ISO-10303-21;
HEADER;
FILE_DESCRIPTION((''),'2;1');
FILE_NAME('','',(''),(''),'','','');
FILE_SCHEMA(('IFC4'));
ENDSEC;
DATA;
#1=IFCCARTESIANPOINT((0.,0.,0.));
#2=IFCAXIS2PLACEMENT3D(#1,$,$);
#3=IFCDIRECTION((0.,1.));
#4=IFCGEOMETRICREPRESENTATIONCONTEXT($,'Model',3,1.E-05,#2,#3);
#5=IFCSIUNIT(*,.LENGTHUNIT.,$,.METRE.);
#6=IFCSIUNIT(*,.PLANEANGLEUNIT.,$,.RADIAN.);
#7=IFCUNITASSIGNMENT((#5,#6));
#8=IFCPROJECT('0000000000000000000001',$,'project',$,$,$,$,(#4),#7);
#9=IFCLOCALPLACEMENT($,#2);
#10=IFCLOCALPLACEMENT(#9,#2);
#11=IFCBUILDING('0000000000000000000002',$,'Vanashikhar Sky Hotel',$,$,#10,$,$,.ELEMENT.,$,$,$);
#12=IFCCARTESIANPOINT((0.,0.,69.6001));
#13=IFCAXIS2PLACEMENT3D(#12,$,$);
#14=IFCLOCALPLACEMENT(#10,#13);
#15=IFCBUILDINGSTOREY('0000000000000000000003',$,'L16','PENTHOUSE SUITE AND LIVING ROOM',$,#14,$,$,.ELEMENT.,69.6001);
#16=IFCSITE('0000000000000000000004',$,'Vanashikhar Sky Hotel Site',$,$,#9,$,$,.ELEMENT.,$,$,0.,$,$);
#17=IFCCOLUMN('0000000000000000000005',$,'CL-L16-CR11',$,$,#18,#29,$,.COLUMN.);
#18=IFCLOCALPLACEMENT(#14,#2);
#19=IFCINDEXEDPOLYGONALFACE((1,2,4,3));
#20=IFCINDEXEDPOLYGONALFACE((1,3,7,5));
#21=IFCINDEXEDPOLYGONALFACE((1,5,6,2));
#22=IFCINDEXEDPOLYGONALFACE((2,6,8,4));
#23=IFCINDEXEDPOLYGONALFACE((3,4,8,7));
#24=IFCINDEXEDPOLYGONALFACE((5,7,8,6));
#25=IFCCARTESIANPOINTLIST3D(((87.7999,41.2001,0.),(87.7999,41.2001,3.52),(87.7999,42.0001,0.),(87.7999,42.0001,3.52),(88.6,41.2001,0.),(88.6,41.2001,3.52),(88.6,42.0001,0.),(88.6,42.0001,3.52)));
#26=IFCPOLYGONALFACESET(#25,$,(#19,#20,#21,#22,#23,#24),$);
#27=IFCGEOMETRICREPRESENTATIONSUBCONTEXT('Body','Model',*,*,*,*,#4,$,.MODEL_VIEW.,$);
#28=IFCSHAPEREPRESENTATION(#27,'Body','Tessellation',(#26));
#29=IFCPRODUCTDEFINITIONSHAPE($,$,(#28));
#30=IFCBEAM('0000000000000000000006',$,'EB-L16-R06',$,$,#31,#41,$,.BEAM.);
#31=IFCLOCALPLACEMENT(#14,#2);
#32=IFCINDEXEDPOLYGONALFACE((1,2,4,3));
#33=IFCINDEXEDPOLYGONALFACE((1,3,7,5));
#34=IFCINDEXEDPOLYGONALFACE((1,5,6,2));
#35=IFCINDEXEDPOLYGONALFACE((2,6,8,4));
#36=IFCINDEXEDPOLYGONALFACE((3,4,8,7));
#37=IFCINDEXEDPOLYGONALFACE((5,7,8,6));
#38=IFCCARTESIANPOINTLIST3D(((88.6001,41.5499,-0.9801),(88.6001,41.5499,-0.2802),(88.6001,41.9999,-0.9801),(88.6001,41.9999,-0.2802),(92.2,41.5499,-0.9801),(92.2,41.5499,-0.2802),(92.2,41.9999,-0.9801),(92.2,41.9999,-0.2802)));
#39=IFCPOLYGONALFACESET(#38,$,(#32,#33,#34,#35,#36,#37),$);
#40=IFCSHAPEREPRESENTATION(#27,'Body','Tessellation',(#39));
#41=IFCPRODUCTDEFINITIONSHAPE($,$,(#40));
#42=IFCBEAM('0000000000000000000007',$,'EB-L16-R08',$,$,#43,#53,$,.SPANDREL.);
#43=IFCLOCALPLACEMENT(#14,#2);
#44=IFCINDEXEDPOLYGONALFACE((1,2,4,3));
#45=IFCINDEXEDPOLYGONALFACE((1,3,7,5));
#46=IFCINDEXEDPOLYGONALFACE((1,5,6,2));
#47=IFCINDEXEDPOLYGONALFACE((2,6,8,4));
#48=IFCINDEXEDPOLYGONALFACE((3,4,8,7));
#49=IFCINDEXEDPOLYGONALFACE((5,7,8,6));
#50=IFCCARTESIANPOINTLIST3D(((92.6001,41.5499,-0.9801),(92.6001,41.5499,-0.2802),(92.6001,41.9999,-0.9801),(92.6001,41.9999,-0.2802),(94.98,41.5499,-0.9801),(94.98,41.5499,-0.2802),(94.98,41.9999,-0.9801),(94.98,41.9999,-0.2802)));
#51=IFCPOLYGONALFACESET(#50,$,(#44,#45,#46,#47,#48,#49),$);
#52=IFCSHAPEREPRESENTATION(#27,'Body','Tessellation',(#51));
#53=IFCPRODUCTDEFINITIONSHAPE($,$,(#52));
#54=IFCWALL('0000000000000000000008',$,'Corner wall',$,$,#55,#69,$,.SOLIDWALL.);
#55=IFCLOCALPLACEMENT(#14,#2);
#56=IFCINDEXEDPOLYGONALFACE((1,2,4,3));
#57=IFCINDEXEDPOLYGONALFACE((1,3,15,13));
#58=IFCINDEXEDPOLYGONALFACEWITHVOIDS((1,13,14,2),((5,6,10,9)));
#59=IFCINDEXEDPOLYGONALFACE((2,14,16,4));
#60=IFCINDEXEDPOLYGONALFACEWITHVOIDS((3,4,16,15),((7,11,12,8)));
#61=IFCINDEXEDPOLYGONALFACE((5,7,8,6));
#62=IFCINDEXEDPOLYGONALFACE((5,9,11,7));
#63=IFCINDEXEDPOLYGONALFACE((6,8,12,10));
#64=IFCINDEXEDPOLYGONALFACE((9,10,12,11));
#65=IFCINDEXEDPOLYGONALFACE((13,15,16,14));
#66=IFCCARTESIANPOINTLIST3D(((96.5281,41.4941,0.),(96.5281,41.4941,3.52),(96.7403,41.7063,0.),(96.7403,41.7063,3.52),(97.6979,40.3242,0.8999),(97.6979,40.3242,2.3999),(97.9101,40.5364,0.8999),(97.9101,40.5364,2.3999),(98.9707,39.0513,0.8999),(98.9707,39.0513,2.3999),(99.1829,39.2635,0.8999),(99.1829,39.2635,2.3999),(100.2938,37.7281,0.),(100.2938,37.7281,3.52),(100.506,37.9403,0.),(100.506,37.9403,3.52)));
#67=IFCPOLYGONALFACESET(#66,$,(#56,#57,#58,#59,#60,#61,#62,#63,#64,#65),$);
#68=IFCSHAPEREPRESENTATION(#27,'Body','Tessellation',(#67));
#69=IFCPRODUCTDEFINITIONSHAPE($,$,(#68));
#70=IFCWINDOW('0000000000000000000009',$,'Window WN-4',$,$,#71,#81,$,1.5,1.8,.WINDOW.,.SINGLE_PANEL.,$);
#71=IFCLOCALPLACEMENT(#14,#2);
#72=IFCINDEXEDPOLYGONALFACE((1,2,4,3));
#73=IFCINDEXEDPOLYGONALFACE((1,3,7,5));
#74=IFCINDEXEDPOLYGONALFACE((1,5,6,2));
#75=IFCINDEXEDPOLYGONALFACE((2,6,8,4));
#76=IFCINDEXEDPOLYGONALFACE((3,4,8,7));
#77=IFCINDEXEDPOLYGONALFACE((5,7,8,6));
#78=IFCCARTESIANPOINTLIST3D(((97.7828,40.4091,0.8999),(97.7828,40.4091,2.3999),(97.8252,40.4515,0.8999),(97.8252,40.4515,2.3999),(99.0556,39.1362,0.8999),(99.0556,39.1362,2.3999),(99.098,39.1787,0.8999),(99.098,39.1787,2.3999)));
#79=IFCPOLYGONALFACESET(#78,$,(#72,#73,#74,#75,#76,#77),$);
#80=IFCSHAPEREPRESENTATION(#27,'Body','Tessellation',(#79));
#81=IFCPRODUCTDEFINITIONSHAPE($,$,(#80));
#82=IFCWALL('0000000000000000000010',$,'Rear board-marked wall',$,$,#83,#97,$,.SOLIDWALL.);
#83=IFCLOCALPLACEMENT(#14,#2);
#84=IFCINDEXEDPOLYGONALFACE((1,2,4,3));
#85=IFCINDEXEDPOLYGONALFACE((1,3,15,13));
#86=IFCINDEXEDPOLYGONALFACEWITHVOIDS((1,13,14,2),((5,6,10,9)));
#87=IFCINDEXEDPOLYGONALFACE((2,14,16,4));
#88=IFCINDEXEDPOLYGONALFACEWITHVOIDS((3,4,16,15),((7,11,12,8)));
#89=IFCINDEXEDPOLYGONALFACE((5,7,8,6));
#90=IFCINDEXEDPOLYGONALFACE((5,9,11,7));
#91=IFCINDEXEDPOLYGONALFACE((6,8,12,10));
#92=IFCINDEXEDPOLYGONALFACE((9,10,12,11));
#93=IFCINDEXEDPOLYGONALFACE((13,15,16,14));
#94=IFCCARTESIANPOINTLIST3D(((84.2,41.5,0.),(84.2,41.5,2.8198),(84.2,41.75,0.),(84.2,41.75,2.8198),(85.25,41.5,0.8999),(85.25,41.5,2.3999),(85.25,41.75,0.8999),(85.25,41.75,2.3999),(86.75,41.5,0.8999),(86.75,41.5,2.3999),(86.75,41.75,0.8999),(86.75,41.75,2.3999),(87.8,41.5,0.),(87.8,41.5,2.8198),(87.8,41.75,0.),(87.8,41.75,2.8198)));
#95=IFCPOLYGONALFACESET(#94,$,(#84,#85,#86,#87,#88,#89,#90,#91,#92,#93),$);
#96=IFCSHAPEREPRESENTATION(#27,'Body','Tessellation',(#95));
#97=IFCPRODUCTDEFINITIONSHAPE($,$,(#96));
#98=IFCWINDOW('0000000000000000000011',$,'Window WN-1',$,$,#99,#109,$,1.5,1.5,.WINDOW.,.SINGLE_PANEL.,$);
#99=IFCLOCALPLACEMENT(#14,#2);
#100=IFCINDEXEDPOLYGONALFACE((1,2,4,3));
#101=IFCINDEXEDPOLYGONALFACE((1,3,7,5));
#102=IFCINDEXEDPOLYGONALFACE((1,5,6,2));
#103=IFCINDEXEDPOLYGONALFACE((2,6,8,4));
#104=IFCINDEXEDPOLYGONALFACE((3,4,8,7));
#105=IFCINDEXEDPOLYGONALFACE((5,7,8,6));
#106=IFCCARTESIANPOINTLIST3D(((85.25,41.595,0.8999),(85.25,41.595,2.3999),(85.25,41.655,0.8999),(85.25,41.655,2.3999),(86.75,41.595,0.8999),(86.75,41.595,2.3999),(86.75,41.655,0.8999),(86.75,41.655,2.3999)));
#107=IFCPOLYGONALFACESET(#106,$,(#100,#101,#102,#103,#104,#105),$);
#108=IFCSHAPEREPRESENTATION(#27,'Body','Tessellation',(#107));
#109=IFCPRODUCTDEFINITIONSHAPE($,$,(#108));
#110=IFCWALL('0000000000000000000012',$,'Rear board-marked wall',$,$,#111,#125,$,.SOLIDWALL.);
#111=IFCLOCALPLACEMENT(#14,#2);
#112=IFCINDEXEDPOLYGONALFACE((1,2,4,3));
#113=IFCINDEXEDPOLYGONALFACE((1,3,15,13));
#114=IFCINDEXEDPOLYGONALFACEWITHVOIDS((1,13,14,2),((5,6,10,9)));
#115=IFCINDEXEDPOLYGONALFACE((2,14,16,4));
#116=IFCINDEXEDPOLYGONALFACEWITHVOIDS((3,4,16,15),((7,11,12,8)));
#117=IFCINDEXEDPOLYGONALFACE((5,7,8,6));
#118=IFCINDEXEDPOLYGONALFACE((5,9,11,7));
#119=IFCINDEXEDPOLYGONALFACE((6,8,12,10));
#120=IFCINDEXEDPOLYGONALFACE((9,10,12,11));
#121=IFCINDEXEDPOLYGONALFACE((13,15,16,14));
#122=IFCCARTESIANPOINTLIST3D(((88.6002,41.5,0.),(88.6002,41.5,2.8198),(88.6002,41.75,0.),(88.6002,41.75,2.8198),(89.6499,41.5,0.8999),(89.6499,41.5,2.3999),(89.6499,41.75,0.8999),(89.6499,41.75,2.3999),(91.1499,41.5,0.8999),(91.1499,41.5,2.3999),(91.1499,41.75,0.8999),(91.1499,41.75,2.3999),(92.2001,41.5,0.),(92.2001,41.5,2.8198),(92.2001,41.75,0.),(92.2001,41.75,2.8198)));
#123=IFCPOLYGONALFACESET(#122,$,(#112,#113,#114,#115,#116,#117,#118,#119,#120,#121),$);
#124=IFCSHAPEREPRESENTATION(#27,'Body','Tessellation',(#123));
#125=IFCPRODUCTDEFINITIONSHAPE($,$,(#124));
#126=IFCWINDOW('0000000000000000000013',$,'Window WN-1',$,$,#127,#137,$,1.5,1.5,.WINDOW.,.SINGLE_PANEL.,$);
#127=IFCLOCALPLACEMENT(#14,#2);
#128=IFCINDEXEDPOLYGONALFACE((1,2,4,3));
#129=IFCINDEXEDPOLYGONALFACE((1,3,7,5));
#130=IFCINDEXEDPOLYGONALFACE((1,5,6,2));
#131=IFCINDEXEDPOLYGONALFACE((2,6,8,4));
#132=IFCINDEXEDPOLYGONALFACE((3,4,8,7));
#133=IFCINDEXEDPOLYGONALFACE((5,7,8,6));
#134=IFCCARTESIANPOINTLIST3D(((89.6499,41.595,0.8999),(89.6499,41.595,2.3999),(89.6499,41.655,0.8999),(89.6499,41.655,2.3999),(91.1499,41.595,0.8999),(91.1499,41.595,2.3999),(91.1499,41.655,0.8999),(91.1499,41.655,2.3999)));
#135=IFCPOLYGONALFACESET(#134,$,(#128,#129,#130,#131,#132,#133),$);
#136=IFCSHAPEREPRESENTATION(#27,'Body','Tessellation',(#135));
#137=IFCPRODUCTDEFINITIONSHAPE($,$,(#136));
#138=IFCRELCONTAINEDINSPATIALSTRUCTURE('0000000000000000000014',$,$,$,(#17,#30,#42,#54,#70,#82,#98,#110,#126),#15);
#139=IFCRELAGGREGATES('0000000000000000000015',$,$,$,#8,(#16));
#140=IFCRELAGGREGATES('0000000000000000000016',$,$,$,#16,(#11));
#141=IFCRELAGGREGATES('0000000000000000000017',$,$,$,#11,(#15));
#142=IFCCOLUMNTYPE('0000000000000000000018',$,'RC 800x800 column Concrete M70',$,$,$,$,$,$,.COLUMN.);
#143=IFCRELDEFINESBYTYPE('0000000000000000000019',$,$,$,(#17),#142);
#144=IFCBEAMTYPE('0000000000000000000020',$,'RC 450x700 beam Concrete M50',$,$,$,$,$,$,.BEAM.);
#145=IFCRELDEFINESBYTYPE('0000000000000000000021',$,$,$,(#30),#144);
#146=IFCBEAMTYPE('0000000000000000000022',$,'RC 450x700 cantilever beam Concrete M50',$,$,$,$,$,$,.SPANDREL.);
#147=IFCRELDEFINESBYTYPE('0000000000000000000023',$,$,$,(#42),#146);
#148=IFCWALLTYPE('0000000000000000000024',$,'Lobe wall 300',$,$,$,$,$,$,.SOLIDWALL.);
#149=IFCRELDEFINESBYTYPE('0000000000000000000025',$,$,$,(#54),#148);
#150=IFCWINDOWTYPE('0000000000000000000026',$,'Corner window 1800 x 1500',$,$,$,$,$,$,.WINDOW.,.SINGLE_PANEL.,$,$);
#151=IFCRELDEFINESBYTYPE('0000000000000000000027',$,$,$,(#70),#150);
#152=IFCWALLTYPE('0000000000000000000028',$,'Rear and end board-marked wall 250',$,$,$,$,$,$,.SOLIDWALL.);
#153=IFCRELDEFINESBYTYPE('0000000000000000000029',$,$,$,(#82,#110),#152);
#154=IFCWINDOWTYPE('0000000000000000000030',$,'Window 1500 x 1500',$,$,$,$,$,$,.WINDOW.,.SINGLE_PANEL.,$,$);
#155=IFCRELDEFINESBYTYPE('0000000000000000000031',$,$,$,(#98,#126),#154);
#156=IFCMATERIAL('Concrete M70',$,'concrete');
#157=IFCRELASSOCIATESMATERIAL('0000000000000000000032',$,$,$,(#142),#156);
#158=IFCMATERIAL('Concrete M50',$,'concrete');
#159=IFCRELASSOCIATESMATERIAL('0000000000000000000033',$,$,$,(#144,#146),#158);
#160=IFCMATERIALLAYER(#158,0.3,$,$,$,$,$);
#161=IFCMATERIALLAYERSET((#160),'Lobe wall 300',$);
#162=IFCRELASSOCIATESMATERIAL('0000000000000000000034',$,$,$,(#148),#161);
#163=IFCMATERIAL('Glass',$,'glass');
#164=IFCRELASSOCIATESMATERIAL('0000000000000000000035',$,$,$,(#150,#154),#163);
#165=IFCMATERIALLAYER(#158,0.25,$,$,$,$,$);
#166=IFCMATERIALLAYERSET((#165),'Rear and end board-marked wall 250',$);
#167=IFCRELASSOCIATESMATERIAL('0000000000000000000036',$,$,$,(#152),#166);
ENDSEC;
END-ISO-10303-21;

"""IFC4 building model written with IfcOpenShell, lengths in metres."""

from ifc_helpers import new_model, si_unit, direction, frame, frame_2d, origin, origin_2d, place, context, subcontext, project, spatial, rectangle, extrude, source, transform, mapped, material, layer, layer_set, material_profile, profile_set, type_object, element, fill, save


model = new_model("IFC4")

# Units and contexts
model_context = context("Model", 3, precision=1e-05, world=origin(), true_north=direction((0.0, 1.0)))
body_context = subcontext(model_context, "Body", "Model", "MODEL_VIEW")
ifc_project = project(units=[si_unit("LENGTHUNIT", "METRE"), si_unit("PLANEANGLEUNIT", "RADIAN")], contexts=[model_context])

# Site, building, storey
site_placement = place(None, origin())
site = spatial("IfcSite", under=ifc_project, at=site_placement, Name="Vanashikhar Sky Hotel Site", CompositionType="ELEMENT", RefElevation=0.0)
building_placement = place(site_placement, origin())
building = spatial("IfcBuilding", under=site, at=building_placement, Name="Vanashikhar Sky Hotel", CompositionType="ELEMENT")
storey_placement = place(building_placement, frame((0.0, 0.0, 69.6001)))
storey = spatial("IfcBuildingStorey", under=building, at=storey_placement, Name="L16", Description="PENTHOUSE SUITE AND LIVING ROOM", CompositionType="ELEMENT", Elevation=69.6001)

# Column
ifc_material_1 = material(Name="Concrete M70", Category="concrete")
ifc_material_profile_1 = material_profile(ifc_material_1, rectangle(XDim=0.8, YDim=0.8, at=origin_2d()))
ifc_profile_set_1 = profile_set([ifc_material_profile_1], Name="RC 800x800 column Concrete M70")
column_type = type_object("IfcColumnType", Name="RC 800x800 column Concrete M70", PredefinedType="COLUMN", material=ifc_profile_set_1)
shared_shape_1 = source(origin(), body_context, "Body", "SweptSolid", [
    extrude(rectangle(XDim=0.8, YDim=0.8, at=origin_2d()), origin(), (0.0, 0.0, 1.0), 3.52),
])
column_placement = place(storey_placement, frame((88.2, 41.6001, 0.0), z_axis=(0.0, 0.0, 1.0), x_axis=(1.0, 0.0, 0.0)))
element("IfcColumn", 1, at=column_placement, inside=storey, type_object=column_type, Name="CL-L16-CR11", PredefinedType="COLUMN", context=body_context, shape_type="MappedRepresentation", body=[
    mapped(shared_shape_1, transform((0.0, 0.0, 0.0), scale=1.0)),
])

# Beams
ifc_material_2 = material(Name="Concrete M50", Category="concrete")
ifc_material_profile_2 = material_profile(ifc_material_2, rectangle(XDim=0.45, YDim=0.7, at=origin_2d()))
ifc_profile_set_2 = profile_set([ifc_material_profile_2], Name="RC 450x700 beam Concrete M50")
beam_type_1 = type_object("IfcBeamType", Name="RC 450x700 beam Concrete M50", PredefinedType="BEAM", material=ifc_profile_set_2)
shared_shape_2 = source(origin(), body_context, "Body", "SweptSolid", [
    extrude(rectangle(XDim=0.45, YDim=0.7, at=origin_2d()), origin(), (0.0, 0.0, 1.0), 3.5999),
])
beam_1_placement = place(storey_placement, frame((88.6001, 41.7749, -0.6301), z_axis=(1.0, 0.0, 0.0), x_axis=(0.0, 1.0, 0.0)))
element("IfcBeam", 2, at=beam_1_placement, inside=storey, type_object=beam_type_1, Name="EB-L16-R06", PredefinedType="BEAM", context=body_context, shape_type="MappedRepresentation", body=[
    mapped(shared_shape_2, transform((0.0, 0.0, 0.0), scale=1.0)),
])
ifc_material_profile_3 = material_profile(ifc_material_2, rectangle(XDim=0.45, YDim=0.7, at=origin_2d()))
ifc_profile_set_3 = profile_set([ifc_material_profile_3], Name="RC 450x700 cantilever beam Concrete M50")
beam_type_2 = type_object("IfcBeamType", Name="RC 450x700 cantilever beam Concrete M50", PredefinedType="SPANDREL", material=ifc_profile_set_3)
shared_shape_3 = source(origin(), body_context, "Body", "SweptSolid", [
    extrude(rectangle(XDim=0.45, YDim=0.7, at=origin_2d()), origin(), (0.0, 0.0, 1.0), 2.3799),
])
beam_2_placement = place(storey_placement, frame((92.6001, 41.7749, -0.6301), z_axis=(1.0, 0.0, 0.0), x_axis=(0.0, 1.0, 0.0)))
element("IfcBeam", 3, at=beam_2_placement, inside=storey, type_object=beam_type_2, Name="EB-L16-R08", PredefinedType="SPANDREL", context=body_context, shape_type="MappedRepresentation", body=[
    mapped(shared_shape_3, transform((0.0, 0.0, 0.0), scale=1.0)),
])

# Walls, openings, windows
ifc_layer_1 = layer(ifc_material_2, 0.3)
ifc_layer_set_1 = layer_set([ifc_layer_1], Name="Lobe wall 300")
wall_type_1 = type_object("IfcWallType", Name="Lobe wall 300", PredefinedType="SOLIDWALL", material=ifc_layer_set_1)
shared_shape_4 = source(origin(), body_context, "Body", "SweptSolid", [
    extrude(rectangle(XDim=5.3257, YDim=0.3, at=frame_2d((2.6628, 0.0))), origin(), (0.0, 0.0, 1.0), 3.52),
])
wall_1_placement = place(storey_placement, frame((100.3999, 37.8342, 0.0), z_axis=(0.0, 0.0, 1.0), x_axis=(-0.707084, 0.70713, 0.0)))
wall_1 = element("IfcWall", 4, at=wall_1_placement, inside=storey, type_object=wall_type_1, Name="Corner wall", PredefinedType="SOLIDWALL", context=body_context, shape_type="MappedRepresentation", body=[
    mapped(shared_shape_4, transform((0.0, 0.0, 0.0), scale=1.0)),
])
shared_shape_5 = source(origin(), body_context, "Body", "SweptSolid", [
    extrude(rectangle(XDim=1.8, YDim=1.5, at=frame_2d((0.8999, 0.75))), frame((0.0, 0.1602, 0.0), z_axis=(0.0, -1.0, 0.0), x_axis=(1.0, 0.0, 0.0)), (0.0, 0.0, 1.0), 0.3201),
])
opening_1_placement = place(wall_1_placement, frame((1.8713, 0.0, 0.8999)))
opening_1 = element("IfcOpeningElement", 5, at=opening_1_placement, cuts=wall_1, PredefinedType="OPENING", context=body_context, shape_type="MappedRepresentation", body=[
    mapped(shared_shape_5, transform((0.0, 0.0, 0.0), scale=1.0)),
])
ifc_material_3 = material(Name="Glass", Category="glass")
window_type_1 = type_object("IfcWindowType", Name="Corner window 1800 x 1500", PartitioningType="SINGLE_PANEL", PredefinedType="WINDOW", material=ifc_material_3)
shared_shape_6 = source(origin(), body_context, "Body", "SweptSolid", [
    extrude(rectangle(XDim=1.8, YDim=1.5, at=frame_2d((0.8999, 0.75))), frame((0.0, 0.03, 0.0), z_axis=(0.0, -1.0, 0.0), x_axis=(1.0, 0.0, 0.0)), (0.0, 0.0, 1.0), 0.0601),
])
window_1_placement = place(opening_1_placement, origin())
window_1 = element("IfcWindow", 6, at=window_1_placement, inside=storey, type_object=window_type_1, Name="Window WN-4", OverallHeight=1.5, OverallWidth=1.8, PartitioningType="SINGLE_PANEL", PredefinedType="WINDOW", context=body_context, shape_type="MappedRepresentation", body=[
    mapped(shared_shape_6, transform((0.0, 0.0, 0.0), scale=1.0)),
])
fill(opening_1, window_1)
ifc_layer_2 = layer(ifc_material_2, 0.25)
ifc_layer_set_2 = layer_set([ifc_layer_2], Name="Rear and end board-marked wall 250")
wall_type_2 = type_object("IfcWallType", Name="Rear and end board-marked wall 250", PredefinedType="SOLIDWALL", material=ifc_layer_set_2)
shared_shape_7 = source(origin(), body_context, "Body", "SweptSolid", [
    extrude(rectangle(XDim=3.6001, YDim=0.25, at=frame_2d((1.8, 0.0))), origin(), (0.0, 0.0, 1.0), 2.8198),
])
wall_2_placement = place(storey_placement, frame((87.8, 41.625, 0.0), z_axis=(0.0, 0.0, 1.0), x_axis=(-1.0, 0.0, 0.0)))
wall_2 = element("IfcWall", 7, at=wall_2_placement, inside=storey, type_object=wall_type_2, Name="Rear board-marked wall", PredefinedType="SOLIDWALL", context=body_context, shape_type="MappedRepresentation", body=[
    mapped(shared_shape_7, transform((0.0, 0.0, 0.0), scale=1.0)),
])
shared_shape_8 = source(origin(), body_context, "Body", "SweptSolid", [
    extrude(rectangle(XDim=1.5, YDim=1.5, at=frame_2d((0.75, 0.75))), frame((0.0, 0.135, 0.0), z_axis=(0.0, -1.0, 0.0), x_axis=(1.0, 0.0, 0.0)), (0.0, 0.0, 1.0), 0.27),
])
opening_2_placement = place(wall_2_placement, frame((1.05, 0.0, 0.8999)))
opening_2 = element("IfcOpeningElement", 8, at=opening_2_placement, cuts=wall_2, PredefinedType="OPENING", context=body_context, shape_type="MappedRepresentation", body=[
    mapped(shared_shape_8, transform((0.0, 0.0, 0.0), scale=1.0)),
])
window_type_2 = type_object("IfcWindowType", Name="Window 1500 x 1500", PartitioningType="SINGLE_PANEL", PredefinedType="WINDOW", material=ifc_material_3)
shared_shape_9 = source(origin(), body_context, "Body", "SweptSolid", [
    extrude(rectangle(XDim=1.5, YDim=1.5, at=frame_2d((0.75, 0.75))), frame((0.0, 0.03, 0.0), z_axis=(0.0, -1.0, 0.0), x_axis=(1.0, 0.0, 0.0)), (0.0, 0.0, 1.0), 0.0601),
])
window_2_placement = place(opening_2_placement, origin())
window_2 = element("IfcWindow", 9, at=window_2_placement, inside=storey, type_object=window_type_2, Name="Window WN-1", OverallHeight=1.5, OverallWidth=1.5, PartitioningType="SINGLE_PANEL", PredefinedType="WINDOW", context=body_context, shape_type="MappedRepresentation", body=[
    mapped(shared_shape_9, transform((0.0, 0.0, 0.0), scale=1.0)),
])
fill(opening_2, window_2)
shared_shape_10 = source(origin(), body_context, "Body", "SweptSolid", [
    extrude(rectangle(XDim=3.5999, YDim=0.25, at=frame_2d((1.7998, 0.0))), origin(), (0.0, 0.0, 1.0), 2.8198),
])
wall_3_placement = place(storey_placement, frame((92.2, 41.625, 0.0), z_axis=(0.0, 0.0, 1.0), x_axis=(-1.0, 0.0, 0.0)))
wall_3 = element("IfcWall", 10, at=wall_3_placement, inside=storey, type_object=wall_type_2, Name="Rear board-marked wall", PredefinedType="SOLIDWALL", context=body_context, shape_type="MappedRepresentation", body=[
    mapped(shared_shape_10, transform((0.0, 0.0, 0.0), scale=1.0)),
])
opening_3_placement = place(wall_3_placement, frame((1.05, 0.0, 0.8999)))
opening_3 = element("IfcOpeningElement", 11, at=opening_3_placement, cuts=wall_3, PredefinedType="OPENING", context=body_context, shape_type="MappedRepresentation", body=[
    mapped(shared_shape_8, transform((0.0, 0.0, 0.0), scale=1.0)),
])
window_3_placement = place(opening_3_placement, origin())
window_3 = element("IfcWindow", 12, at=window_3_placement, inside=storey, type_object=window_type_2, Name="Window WN-1", OverallHeight=1.5, OverallWidth=1.5, PartitioningType="SINGLE_PANEL", PredefinedType="WINDOW", context=body_context, shape_type="MappedRepresentation", body=[
    mapped(shared_shape_9, transform((0.0, 0.0, 0.0), scale=1.0)),
])
fill(opening_3, window_3)

save(model, "model.ifc")
